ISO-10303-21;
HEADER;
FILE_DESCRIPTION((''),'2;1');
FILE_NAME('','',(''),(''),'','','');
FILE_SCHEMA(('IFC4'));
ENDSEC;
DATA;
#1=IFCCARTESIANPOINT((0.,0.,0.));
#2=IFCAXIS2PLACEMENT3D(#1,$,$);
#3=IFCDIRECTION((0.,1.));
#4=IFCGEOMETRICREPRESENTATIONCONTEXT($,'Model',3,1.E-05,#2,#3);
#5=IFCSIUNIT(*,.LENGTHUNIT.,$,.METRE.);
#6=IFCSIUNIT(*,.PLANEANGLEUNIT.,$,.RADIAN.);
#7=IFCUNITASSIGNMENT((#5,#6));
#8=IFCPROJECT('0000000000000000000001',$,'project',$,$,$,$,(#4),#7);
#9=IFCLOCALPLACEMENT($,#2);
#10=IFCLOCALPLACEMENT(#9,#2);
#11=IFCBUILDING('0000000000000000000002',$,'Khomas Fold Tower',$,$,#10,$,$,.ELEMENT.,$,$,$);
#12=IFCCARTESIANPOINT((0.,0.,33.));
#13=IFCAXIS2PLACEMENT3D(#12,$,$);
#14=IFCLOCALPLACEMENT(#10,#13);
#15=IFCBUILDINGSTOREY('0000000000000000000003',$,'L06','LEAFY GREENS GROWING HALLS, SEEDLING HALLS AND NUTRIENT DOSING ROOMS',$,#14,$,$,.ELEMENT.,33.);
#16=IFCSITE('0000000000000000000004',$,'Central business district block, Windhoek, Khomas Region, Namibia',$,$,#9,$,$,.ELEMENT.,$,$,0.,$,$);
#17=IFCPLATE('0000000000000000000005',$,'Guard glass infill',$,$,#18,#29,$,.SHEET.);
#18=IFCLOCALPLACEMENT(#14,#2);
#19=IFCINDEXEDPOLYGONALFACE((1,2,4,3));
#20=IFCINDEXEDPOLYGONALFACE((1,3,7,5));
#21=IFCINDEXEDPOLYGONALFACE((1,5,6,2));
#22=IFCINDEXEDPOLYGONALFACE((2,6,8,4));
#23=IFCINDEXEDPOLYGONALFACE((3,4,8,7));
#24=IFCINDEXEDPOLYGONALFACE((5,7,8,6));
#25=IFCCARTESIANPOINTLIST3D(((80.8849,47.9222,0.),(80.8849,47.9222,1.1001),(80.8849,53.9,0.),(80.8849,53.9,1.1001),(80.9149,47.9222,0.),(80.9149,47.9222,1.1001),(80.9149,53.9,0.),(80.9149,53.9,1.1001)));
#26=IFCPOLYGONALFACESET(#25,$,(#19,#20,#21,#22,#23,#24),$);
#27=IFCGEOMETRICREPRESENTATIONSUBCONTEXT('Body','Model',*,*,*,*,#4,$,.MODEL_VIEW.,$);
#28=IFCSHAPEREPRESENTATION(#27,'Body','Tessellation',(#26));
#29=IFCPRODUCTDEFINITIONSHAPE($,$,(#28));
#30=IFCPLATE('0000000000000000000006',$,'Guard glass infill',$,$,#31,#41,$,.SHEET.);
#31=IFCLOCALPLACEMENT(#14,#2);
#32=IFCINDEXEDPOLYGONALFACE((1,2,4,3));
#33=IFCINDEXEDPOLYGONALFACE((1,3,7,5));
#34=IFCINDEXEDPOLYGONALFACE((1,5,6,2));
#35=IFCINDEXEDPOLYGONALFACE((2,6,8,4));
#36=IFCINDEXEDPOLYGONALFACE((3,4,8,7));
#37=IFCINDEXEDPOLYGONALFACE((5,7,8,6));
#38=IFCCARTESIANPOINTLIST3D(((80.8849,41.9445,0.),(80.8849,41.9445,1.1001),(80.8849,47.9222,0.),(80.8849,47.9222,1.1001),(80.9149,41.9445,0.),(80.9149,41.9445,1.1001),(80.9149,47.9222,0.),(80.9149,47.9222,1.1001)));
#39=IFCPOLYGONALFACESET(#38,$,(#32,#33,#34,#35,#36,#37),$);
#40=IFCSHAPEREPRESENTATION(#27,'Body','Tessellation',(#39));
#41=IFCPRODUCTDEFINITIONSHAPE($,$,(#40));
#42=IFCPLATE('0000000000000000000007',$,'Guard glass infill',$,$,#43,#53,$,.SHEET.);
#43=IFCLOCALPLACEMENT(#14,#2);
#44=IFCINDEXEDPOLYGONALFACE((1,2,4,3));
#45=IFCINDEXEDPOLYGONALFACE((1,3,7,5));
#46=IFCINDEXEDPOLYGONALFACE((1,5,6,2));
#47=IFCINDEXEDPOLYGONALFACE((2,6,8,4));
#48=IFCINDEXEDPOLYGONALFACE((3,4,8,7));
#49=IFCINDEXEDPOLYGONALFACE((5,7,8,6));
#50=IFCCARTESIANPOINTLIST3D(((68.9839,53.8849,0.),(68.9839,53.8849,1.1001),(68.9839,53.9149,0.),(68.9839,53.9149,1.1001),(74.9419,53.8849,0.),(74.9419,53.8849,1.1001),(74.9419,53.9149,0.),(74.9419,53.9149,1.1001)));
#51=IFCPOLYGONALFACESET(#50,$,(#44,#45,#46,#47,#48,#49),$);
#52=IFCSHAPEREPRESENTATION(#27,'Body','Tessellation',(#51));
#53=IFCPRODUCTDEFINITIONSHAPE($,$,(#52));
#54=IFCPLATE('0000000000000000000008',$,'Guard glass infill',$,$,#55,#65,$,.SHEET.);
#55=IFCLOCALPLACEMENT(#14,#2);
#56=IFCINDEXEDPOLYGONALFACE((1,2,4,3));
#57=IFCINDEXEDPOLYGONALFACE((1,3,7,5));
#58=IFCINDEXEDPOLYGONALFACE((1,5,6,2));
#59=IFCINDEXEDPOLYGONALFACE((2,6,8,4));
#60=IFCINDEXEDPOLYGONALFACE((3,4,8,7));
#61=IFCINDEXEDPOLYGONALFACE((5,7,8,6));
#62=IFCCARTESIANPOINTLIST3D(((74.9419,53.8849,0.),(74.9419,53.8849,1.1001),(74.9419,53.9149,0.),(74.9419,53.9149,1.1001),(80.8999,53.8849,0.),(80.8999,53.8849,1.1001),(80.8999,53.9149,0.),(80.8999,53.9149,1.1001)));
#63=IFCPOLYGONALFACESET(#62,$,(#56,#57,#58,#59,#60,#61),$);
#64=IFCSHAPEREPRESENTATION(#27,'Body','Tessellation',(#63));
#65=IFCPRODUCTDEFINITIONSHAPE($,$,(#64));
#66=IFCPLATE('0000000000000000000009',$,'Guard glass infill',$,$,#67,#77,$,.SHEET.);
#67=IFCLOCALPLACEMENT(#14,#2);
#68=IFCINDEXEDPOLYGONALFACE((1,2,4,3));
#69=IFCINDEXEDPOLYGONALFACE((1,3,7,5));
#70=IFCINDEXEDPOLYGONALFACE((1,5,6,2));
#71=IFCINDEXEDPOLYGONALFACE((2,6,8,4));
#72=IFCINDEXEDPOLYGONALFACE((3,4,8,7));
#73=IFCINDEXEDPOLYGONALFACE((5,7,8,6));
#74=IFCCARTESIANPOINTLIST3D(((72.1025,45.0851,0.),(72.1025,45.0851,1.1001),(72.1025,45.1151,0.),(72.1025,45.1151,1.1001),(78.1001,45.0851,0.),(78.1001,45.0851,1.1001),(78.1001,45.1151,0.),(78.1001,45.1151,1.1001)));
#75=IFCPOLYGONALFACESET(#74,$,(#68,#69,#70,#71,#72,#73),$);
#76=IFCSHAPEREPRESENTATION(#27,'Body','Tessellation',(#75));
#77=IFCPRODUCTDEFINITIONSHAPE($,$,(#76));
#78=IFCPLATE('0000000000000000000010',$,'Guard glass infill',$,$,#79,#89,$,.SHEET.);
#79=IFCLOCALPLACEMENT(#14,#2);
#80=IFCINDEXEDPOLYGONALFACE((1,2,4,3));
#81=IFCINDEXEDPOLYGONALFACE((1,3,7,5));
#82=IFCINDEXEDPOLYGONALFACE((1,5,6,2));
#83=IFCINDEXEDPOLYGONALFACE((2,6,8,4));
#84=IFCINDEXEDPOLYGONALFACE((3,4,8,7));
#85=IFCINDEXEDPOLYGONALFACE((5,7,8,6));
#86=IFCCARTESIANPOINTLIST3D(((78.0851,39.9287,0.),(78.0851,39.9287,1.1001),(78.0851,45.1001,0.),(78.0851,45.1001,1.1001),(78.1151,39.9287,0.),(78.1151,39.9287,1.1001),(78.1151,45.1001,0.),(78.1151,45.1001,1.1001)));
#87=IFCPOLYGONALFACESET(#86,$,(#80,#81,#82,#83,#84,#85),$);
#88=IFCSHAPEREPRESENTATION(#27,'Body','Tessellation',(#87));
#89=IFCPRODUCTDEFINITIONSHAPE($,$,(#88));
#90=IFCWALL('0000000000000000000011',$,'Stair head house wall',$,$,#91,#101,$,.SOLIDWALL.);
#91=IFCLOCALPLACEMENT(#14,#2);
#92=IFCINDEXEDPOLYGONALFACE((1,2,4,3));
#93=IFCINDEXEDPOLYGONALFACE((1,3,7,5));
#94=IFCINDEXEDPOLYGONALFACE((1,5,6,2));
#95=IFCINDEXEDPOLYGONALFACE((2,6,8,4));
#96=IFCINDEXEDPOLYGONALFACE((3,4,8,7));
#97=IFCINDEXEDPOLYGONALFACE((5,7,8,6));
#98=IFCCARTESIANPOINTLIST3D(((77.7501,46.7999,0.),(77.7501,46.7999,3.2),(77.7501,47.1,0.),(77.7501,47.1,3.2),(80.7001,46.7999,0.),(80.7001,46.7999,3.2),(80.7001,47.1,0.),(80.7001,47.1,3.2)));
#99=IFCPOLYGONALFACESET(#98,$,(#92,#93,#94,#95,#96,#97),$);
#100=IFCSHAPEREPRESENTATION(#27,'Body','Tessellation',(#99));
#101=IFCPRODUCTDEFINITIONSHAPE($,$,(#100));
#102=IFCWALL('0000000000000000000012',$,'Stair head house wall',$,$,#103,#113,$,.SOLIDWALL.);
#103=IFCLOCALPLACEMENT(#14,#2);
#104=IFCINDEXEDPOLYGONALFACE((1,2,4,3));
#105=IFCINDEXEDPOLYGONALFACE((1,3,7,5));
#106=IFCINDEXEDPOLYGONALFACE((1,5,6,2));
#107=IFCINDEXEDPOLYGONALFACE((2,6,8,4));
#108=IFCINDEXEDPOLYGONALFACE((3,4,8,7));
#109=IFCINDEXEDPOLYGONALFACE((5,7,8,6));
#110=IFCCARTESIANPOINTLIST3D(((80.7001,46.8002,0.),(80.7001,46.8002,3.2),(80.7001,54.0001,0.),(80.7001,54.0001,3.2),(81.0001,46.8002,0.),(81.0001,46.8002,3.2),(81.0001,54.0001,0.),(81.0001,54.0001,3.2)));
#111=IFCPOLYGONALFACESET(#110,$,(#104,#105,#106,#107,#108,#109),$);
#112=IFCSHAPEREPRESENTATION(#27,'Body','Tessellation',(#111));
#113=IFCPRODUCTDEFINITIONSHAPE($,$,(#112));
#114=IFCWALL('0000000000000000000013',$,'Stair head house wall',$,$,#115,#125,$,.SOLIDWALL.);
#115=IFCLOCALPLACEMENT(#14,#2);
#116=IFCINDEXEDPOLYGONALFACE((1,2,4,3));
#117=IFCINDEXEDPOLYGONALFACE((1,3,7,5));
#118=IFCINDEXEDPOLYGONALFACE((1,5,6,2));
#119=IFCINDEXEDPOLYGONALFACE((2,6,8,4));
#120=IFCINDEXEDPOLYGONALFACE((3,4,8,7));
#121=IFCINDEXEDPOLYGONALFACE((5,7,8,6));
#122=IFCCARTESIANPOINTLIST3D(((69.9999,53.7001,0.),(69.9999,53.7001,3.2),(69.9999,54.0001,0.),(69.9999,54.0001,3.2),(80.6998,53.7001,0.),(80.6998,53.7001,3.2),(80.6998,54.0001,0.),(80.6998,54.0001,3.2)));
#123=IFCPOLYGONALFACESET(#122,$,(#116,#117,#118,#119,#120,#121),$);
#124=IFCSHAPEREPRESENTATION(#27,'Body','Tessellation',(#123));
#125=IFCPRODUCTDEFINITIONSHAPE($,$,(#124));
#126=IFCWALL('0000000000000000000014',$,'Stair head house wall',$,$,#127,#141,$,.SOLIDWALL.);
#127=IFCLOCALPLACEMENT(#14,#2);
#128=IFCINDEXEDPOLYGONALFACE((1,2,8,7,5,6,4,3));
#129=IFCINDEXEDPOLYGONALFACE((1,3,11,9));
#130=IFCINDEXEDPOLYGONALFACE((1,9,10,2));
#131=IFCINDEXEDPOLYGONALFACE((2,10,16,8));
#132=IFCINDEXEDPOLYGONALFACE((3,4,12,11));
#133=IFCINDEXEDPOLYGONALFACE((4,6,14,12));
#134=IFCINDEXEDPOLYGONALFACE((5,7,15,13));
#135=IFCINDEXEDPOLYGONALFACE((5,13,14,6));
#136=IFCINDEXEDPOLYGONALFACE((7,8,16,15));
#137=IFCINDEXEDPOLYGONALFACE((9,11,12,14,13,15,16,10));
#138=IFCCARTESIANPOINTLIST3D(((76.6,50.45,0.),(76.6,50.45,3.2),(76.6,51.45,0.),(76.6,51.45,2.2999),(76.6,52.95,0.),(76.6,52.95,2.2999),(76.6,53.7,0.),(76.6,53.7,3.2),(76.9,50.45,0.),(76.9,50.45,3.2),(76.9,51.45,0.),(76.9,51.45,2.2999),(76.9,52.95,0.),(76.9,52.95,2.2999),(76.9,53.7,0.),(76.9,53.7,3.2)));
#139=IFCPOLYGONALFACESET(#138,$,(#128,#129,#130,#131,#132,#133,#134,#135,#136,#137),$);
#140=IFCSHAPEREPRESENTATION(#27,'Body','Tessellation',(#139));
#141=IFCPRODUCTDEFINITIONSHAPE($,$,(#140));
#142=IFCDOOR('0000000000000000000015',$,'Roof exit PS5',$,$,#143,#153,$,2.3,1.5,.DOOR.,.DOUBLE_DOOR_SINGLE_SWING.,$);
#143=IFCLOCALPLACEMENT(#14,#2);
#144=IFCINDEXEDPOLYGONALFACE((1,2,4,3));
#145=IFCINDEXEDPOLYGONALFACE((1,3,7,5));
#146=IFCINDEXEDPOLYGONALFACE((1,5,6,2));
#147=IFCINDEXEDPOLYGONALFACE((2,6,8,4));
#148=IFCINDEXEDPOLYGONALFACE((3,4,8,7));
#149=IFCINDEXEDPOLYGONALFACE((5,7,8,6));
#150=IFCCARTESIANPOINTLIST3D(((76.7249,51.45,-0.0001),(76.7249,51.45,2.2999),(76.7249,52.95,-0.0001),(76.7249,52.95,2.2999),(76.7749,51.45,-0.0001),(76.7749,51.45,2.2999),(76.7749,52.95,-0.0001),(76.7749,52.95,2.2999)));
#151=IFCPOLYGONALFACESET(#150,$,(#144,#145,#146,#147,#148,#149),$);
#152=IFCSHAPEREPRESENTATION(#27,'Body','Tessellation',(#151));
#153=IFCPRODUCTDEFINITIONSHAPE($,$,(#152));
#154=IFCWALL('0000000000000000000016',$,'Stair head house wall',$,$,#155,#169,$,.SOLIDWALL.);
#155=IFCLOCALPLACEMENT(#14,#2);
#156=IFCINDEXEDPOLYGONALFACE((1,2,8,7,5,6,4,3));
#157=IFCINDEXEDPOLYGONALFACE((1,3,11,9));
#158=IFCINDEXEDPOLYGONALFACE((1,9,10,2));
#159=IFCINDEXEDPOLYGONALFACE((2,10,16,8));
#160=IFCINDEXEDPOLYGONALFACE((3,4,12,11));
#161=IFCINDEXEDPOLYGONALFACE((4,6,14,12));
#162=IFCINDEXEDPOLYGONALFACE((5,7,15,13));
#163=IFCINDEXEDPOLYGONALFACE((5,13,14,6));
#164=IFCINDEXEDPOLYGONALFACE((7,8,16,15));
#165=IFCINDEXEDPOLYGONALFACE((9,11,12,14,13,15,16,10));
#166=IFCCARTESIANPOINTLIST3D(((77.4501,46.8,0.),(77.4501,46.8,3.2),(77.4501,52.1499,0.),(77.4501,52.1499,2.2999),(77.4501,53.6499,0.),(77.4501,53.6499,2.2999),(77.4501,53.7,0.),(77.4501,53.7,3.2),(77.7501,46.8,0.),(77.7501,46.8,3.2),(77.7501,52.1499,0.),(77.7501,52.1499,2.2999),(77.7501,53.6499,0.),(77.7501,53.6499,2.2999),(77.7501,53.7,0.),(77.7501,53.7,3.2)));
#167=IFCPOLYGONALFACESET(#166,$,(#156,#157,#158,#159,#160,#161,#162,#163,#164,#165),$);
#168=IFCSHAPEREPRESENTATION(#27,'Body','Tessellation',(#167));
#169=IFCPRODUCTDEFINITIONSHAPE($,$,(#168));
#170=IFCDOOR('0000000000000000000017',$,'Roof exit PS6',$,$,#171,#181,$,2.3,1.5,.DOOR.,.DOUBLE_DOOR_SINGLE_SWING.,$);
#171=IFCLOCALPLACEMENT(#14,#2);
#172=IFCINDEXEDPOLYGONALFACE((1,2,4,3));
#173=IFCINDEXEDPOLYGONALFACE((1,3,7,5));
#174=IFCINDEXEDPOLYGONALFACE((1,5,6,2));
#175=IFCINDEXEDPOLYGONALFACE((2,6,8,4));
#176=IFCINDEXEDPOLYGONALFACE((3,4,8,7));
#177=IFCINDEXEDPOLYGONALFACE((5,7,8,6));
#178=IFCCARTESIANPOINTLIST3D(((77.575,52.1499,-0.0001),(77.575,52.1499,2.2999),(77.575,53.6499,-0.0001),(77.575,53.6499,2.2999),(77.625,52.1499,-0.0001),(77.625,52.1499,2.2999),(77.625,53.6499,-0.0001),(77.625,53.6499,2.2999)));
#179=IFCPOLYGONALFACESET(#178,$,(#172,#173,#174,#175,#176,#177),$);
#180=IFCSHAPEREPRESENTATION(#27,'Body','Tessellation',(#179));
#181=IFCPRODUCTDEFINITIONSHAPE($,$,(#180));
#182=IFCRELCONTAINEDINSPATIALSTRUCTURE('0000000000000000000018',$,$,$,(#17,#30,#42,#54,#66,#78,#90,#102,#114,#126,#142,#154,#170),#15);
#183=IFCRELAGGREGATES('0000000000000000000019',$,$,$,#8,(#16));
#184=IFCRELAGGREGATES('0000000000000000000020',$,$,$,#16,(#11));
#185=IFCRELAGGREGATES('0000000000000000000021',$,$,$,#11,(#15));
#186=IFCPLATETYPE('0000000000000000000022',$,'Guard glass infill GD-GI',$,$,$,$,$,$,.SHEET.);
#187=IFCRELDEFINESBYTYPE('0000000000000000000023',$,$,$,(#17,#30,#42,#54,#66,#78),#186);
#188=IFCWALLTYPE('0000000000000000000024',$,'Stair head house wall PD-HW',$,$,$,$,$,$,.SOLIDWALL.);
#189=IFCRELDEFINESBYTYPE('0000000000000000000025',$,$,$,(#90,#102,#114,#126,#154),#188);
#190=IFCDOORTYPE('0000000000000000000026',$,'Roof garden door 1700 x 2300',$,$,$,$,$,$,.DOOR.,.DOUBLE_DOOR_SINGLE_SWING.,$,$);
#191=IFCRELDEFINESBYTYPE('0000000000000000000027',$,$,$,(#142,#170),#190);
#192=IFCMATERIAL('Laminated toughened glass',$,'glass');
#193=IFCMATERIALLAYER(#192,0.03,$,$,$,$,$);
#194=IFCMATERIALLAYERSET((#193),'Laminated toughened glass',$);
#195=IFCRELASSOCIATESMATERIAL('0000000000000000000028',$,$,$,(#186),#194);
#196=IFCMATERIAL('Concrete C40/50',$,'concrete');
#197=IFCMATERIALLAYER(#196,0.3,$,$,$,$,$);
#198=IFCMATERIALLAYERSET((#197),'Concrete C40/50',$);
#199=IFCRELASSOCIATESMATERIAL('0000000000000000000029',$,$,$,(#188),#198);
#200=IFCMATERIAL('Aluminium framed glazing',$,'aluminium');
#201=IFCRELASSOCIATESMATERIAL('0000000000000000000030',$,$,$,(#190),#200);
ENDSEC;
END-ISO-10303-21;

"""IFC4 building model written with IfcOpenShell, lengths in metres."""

from ifc_helpers import new_model, si_unit, direction, frame, frame_2d, origin, origin_2d, place, context, subcontext, project, spatial, rectangle, extrude, source, transform, mapped, material, layer, layer_set, type_object, element, fill, save


model = new_model("IFC4")

# Units and contexts
model_context = context("Model", 3, precision=1e-05, world=origin(), true_north=direction((0.0, 1.0)))
body_context = subcontext(model_context, "Body", "Model", "MODEL_VIEW")
ifc_project = project(units=[si_unit("LENGTHUNIT", "METRE"), si_unit("PLANEANGLEUNIT", "RADIAN")], contexts=[model_context])

# Site, building, storey
site_placement = place(None, origin())
site = spatial("IfcSite", under=ifc_project, at=site_placement, Name="Central business district block, Windhoek, Khomas Region, Namibia", CompositionType="ELEMENT", RefElevation=0.0)
building_placement = place(site_placement, origin())
building = spatial("IfcBuilding", under=site, at=building_placement, Name="Khomas Fold Tower", CompositionType="ELEMENT")
storey_placement = place(building_placement, frame((0.0, 0.0, 33.0)))
storey = spatial("IfcBuildingStorey", under=building, at=storey_placement, Name="L06", Description="LEAFY GREENS GROWING HALLS, SEEDLING HALLS AND NUTRIENT DOSING ROOMS", CompositionType="ELEMENT", Elevation=33.0)

# Plates
ifc_material_1 = material(Name="Laminated toughened glass", Category="glass")
ifc_layer_1 = layer(ifc_material_1, 0.03)
ifc_layer_set_1 = layer_set([ifc_layer_1], Name="Laminated toughened glass")
plate_type = type_object("IfcPlateType", Name="Guard glass infill GD-GI", PredefinedType="SHEET", material=ifc_layer_set_1)
shared_shape_1 = source(origin(), body_context, "Body", "SweptSolid", [
    extrude(rectangle(XDim=5.9778, YDim=0.03, at=origin_2d()), origin(), (0.0, 0.0, 1.0), 1.1001),
])
for number, where, z_axis, x_axis, name in (
    (1, (80.8999, 50.9111, 0.0), (0.0, 0.0, 1.0), (0.0, -1.0, 0.0), "Guard glass infill"),
    (2, (80.8999, 44.9333, 0.0), (0.0, 0.0, 1.0), (0.0, -1.0, 0.0), "Guard glass infill"),
):
    element("IfcPlate", number, at=place(storey_placement, frame(where, z_axis=z_axis, x_axis=x_axis)), inside=storey, type_object=plate_type, Name=name, PredefinedType="SHEET", context=body_context, shape_type="MappedRepresentation", body=[
        mapped(shared_shape_1, transform((0.0, 0.0, 0.0))),
    ])
shared_shape_2 = source(origin(), body_context, "Body", "SweptSolid", [
    extrude(rectangle(XDim=5.958, YDim=0.03, at=origin_2d()), origin(), (0.0, 0.0, 1.0), 1.1001),
])
for number, where, z_axis, x_axis, name in (
    (3, (71.9629, 53.8999, 0.0), (0.0, 0.0, 1.0), (1.0, 0.0, 0.0), "Guard glass infill"),
    (4, (77.9209, 53.8999, 0.0), (0.0, 0.0, 1.0), (1.0, 0.0, 0.0), "Guard glass infill"),
):
    element("IfcPlate", number, at=place(storey_placement, frame(where, z_axis=z_axis, x_axis=x_axis)), inside=storey, type_object=plate_type, Name=name, PredefinedType="SHEET", context=body_context, shape_type="MappedRepresentation", body=[
        mapped(shared_shape_2, transform((0.0, 0.0, 0.0))),
    ])
shared_shape_3 = source(origin(), body_context, "Body", "SweptSolid", [
    extrude(rectangle(XDim=5.9976, YDim=0.03, at=origin_2d()), origin(), (0.0, 0.0, 1.0), 1.1001),
])
plate_1_placement = place(storey_placement, frame((75.1013, 45.1001, 0.0), z_axis=(0.0, 0.0, 1.0), x_axis=(-1.0, 0.0, 0.0)))
element("IfcPlate", 5, at=plate_1_placement, inside=storey, type_object=plate_type, Name="Guard glass infill", PredefinedType="SHEET", context=body_context, shape_type="MappedRepresentation", body=[
    mapped(shared_shape_3, transform((0.0, 0.0, 0.0))),
])
shared_shape_4 = source(origin(), body_context, "Body", "SweptSolid", [
    extrude(rectangle(XDim=5.1714, YDim=0.03, at=origin_2d()), origin(), (0.0, 0.0, 1.0), 1.1001),
])
plate_2_placement = place(storey_placement, frame((78.1001, 42.5144, 0.0), z_axis=(0.0, 0.0, 1.0), x_axis=(0.0, 1.0, 0.0)))
element("IfcPlate", 6, at=plate_2_placement, inside=storey, type_object=plate_type, Name="Guard glass infill", PredefinedType="SHEET", context=body_context, shape_type="MappedRepresentation", body=[
    mapped(shared_shape_4, transform((0.0, 0.0, 0.0))),
])

# Walls
ifc_material_2 = material(Name="Concrete C40/50", Category="concrete")
ifc_layer_2 = layer(ifc_material_2, 0.3)
ifc_layer_set_2 = layer_set([ifc_layer_2], Name="Concrete C40/50")
wall_type = type_object("IfcWallType", Name="Stair head house wall PD-HW", PredefinedType="SOLIDWALL", material=ifc_layer_set_2)
shared_shape_5 = source(origin(), body_context, "Body", "SweptSolid", [
    extrude(rectangle(XDim=2.95, YDim=0.3, at=frame_2d((1.4751, 0.0))), origin(), (0.0, 0.0, 1.0), 3.2),
])
wall_1_placement = place(storey_placement, frame((77.75, 46.95, 0.0), z_axis=(0.0, 0.0, 1.0), x_axis=(1.0, 0.0, 0.0)))
element("IfcWall", 7, at=wall_1_placement, inside=storey, type_object=wall_type, Name="Stair head house wall", PredefinedType="SOLIDWALL", context=body_context, shape_type="MappedRepresentation", body=[
    mapped(shared_shape_5, transform((0.0, 0.0, 0.0))),
])
shared_shape_6 = source(origin(), body_context, "Body", "SweptSolid", [
    extrude(rectangle(XDim=7.2, YDim=0.3, at=frame_2d((3.6001, 0.0))), origin(), (0.0, 0.0, 1.0), 3.2),
])
wall_2_placement = place(storey_placement, frame((80.8501, 46.8, 0.0), z_axis=(0.0, 0.0, 1.0), x_axis=(0.0, 1.0, 0.0)))
element("IfcWall", 8, at=wall_2_placement, inside=storey, type_object=wall_type, Name="Stair head house wall", PredefinedType="SOLIDWALL", context=body_context, shape_type="MappedRepresentation", body=[
    mapped(shared_shape_6, transform((0.0, 0.0, 0.0))),
])
shared_shape_7 = source(origin(), body_context, "Body", "SweptSolid", [
    extrude(rectangle(XDim=10.7, YDim=0.3, at=frame_2d((5.3501, 0.0))), origin(), (0.0, 0.0, 1.0), 3.2),
])
wall_3_placement = place(storey_placement, frame((80.7, 53.8501, 0.0), z_axis=(0.0, 0.0, 1.0), x_axis=(-1.0, 0.0, 0.0)))
element("IfcWall", 9, at=wall_3_placement, inside=storey, type_object=wall_type, Name="Stair head house wall", PredefinedType="SOLIDWALL", context=body_context, shape_type="MappedRepresentation", body=[
    mapped(shared_shape_7, transform((0.0, 0.0, 0.0))),
])

# Walls, openings, doors
shared_shape_8 = source(origin(), body_context, "Body", "SweptSolid", [
    extrude(rectangle(XDim=3.25, YDim=0.3, at=frame_2d((1.625, 0.0))), origin(), (0.0, 0.0, 1.0), 3.2),
])
wall_4_placement = place(storey_placement, frame((76.75, 50.45, 0.0), z_axis=(0.0, 0.0, 1.0), x_axis=(0.0, 1.0, 0.0)))
wall_4 = element("IfcWall", 10, at=wall_4_placement, inside=storey, type_object=wall_type, Name="Stair head house wall", PredefinedType="SOLIDWALL", context=body_context, shape_type="MappedRepresentation", body=[
    mapped(shared_shape_8, transform((0.0, 0.0, 0.0))),
])
shared_shape_9 = source(origin(), body_context, "Body", "SweptSolid", [
    extrude(rectangle(XDim=1.5, YDim=2.3, at=frame_2d((0.75, 1.1499))), frame((0.0, 0.1599, 0.0), z_axis=(0.0, -1.0, 0.0), x_axis=(1.0, 0.0, 0.0)), (0.0, 0.0, 1.0), 0.3201),
])
opening_1_placement = place(wall_4_placement, frame((2.5, 0.0, 0.0), z_axis=(0.0, 0.0, 1.0), x_axis=(-1.0, 0.0, 0.0)))
opening_1 = element("IfcOpeningElement", 11, at=opening_1_placement, cuts=wall_4, PredefinedType="OPENING", context=body_context, shape_type="MappedRepresentation", body=[
    mapped(shared_shape_9, transform((0.0, 0.0, 0.0))),
])
ifc_material_3 = material(Name="Aluminium framed glazing", Category="aluminium")
door_type = type_object("IfcDoorType", Name="Roof garden door 1700 x 2300", OperationType="DOUBLE_DOOR_SINGLE_SWING", PredefinedType="DOOR", material=ifc_material_3)
shared_shape_10 = source(origin(), body_context, "Body", "SweptSolid", [
    extrude(rectangle(XDim=1.5, YDim=2.3, at=frame_2d((0.75, 1.1499))), frame((0.0, 0.0249, 0.0), z_axis=(0.0, -1.0, 0.0), x_axis=(1.0, 0.0, 0.0)), (0.0, 0.0, 1.0), 0.05),
])
door_1_placement = place(opening_1_placement, origin())
door_1 = element("IfcDoor", 12, at=door_1_placement, inside=storey, type_object=door_type, Name="Roof exit PS5", OperationType="DOUBLE_DOOR_SINGLE_SWING", OverallHeight=2.3, OverallWidth=1.5, PredefinedType="DOOR", context=body_context, shape_type="MappedRepresentation", body=[
    mapped(shared_shape_10, transform((0.0, 0.0, 0.0))),
])
fill(opening_1, door_1)
shared_shape_11 = source(origin(), body_context, "Body", "SweptSolid", [
    extrude(rectangle(XDim=6.8999, YDim=0.3, at=frame_2d((3.45, 0.0))), origin(), (0.0, 0.0, 1.0), 3.2),
])
wall_5_placement = place(storey_placement, frame((77.6001, 53.7, 0.0), z_axis=(0.0, 0.0, 1.0), x_axis=(0.0, -1.0, 0.0)))
wall_5 = element("IfcWall", 13, at=wall_5_placement, inside=storey, type_object=wall_type, Name="Stair head house wall", PredefinedType="SOLIDWALL", context=body_context, shape_type="MappedRepresentation", body=[
    mapped(shared_shape_11, transform((0.0, 0.0, 0.0))),
])
opening_2_placement = place(wall_5_placement, frame((0.05, 0.0, 0.0)))
opening_2 = element("IfcOpeningElement", 14, at=opening_2_placement, cuts=wall_5, PredefinedType="OPENING", context=body_context, shape_type="MappedRepresentation", body=[
    mapped(shared_shape_9, transform((0.0, 0.0, 0.0))),
])
door_2_placement = place(opening_2_placement, origin())
door_2 = element("IfcDoor", 15, at=door_2_placement, inside=storey, type_object=door_type, Name="Roof exit PS6", OperationType="DOUBLE_DOOR_SINGLE_SWING", OverallHeight=2.3, OverallWidth=1.5, PredefinedType="DOOR", context=body_context, shape_type="MappedRepresentation", body=[
    mapped(shared_shape_10, transform((0.0, 0.0, 0.0))),
])
fill(opening_2, door_2)

save(model, "model.ifc")
